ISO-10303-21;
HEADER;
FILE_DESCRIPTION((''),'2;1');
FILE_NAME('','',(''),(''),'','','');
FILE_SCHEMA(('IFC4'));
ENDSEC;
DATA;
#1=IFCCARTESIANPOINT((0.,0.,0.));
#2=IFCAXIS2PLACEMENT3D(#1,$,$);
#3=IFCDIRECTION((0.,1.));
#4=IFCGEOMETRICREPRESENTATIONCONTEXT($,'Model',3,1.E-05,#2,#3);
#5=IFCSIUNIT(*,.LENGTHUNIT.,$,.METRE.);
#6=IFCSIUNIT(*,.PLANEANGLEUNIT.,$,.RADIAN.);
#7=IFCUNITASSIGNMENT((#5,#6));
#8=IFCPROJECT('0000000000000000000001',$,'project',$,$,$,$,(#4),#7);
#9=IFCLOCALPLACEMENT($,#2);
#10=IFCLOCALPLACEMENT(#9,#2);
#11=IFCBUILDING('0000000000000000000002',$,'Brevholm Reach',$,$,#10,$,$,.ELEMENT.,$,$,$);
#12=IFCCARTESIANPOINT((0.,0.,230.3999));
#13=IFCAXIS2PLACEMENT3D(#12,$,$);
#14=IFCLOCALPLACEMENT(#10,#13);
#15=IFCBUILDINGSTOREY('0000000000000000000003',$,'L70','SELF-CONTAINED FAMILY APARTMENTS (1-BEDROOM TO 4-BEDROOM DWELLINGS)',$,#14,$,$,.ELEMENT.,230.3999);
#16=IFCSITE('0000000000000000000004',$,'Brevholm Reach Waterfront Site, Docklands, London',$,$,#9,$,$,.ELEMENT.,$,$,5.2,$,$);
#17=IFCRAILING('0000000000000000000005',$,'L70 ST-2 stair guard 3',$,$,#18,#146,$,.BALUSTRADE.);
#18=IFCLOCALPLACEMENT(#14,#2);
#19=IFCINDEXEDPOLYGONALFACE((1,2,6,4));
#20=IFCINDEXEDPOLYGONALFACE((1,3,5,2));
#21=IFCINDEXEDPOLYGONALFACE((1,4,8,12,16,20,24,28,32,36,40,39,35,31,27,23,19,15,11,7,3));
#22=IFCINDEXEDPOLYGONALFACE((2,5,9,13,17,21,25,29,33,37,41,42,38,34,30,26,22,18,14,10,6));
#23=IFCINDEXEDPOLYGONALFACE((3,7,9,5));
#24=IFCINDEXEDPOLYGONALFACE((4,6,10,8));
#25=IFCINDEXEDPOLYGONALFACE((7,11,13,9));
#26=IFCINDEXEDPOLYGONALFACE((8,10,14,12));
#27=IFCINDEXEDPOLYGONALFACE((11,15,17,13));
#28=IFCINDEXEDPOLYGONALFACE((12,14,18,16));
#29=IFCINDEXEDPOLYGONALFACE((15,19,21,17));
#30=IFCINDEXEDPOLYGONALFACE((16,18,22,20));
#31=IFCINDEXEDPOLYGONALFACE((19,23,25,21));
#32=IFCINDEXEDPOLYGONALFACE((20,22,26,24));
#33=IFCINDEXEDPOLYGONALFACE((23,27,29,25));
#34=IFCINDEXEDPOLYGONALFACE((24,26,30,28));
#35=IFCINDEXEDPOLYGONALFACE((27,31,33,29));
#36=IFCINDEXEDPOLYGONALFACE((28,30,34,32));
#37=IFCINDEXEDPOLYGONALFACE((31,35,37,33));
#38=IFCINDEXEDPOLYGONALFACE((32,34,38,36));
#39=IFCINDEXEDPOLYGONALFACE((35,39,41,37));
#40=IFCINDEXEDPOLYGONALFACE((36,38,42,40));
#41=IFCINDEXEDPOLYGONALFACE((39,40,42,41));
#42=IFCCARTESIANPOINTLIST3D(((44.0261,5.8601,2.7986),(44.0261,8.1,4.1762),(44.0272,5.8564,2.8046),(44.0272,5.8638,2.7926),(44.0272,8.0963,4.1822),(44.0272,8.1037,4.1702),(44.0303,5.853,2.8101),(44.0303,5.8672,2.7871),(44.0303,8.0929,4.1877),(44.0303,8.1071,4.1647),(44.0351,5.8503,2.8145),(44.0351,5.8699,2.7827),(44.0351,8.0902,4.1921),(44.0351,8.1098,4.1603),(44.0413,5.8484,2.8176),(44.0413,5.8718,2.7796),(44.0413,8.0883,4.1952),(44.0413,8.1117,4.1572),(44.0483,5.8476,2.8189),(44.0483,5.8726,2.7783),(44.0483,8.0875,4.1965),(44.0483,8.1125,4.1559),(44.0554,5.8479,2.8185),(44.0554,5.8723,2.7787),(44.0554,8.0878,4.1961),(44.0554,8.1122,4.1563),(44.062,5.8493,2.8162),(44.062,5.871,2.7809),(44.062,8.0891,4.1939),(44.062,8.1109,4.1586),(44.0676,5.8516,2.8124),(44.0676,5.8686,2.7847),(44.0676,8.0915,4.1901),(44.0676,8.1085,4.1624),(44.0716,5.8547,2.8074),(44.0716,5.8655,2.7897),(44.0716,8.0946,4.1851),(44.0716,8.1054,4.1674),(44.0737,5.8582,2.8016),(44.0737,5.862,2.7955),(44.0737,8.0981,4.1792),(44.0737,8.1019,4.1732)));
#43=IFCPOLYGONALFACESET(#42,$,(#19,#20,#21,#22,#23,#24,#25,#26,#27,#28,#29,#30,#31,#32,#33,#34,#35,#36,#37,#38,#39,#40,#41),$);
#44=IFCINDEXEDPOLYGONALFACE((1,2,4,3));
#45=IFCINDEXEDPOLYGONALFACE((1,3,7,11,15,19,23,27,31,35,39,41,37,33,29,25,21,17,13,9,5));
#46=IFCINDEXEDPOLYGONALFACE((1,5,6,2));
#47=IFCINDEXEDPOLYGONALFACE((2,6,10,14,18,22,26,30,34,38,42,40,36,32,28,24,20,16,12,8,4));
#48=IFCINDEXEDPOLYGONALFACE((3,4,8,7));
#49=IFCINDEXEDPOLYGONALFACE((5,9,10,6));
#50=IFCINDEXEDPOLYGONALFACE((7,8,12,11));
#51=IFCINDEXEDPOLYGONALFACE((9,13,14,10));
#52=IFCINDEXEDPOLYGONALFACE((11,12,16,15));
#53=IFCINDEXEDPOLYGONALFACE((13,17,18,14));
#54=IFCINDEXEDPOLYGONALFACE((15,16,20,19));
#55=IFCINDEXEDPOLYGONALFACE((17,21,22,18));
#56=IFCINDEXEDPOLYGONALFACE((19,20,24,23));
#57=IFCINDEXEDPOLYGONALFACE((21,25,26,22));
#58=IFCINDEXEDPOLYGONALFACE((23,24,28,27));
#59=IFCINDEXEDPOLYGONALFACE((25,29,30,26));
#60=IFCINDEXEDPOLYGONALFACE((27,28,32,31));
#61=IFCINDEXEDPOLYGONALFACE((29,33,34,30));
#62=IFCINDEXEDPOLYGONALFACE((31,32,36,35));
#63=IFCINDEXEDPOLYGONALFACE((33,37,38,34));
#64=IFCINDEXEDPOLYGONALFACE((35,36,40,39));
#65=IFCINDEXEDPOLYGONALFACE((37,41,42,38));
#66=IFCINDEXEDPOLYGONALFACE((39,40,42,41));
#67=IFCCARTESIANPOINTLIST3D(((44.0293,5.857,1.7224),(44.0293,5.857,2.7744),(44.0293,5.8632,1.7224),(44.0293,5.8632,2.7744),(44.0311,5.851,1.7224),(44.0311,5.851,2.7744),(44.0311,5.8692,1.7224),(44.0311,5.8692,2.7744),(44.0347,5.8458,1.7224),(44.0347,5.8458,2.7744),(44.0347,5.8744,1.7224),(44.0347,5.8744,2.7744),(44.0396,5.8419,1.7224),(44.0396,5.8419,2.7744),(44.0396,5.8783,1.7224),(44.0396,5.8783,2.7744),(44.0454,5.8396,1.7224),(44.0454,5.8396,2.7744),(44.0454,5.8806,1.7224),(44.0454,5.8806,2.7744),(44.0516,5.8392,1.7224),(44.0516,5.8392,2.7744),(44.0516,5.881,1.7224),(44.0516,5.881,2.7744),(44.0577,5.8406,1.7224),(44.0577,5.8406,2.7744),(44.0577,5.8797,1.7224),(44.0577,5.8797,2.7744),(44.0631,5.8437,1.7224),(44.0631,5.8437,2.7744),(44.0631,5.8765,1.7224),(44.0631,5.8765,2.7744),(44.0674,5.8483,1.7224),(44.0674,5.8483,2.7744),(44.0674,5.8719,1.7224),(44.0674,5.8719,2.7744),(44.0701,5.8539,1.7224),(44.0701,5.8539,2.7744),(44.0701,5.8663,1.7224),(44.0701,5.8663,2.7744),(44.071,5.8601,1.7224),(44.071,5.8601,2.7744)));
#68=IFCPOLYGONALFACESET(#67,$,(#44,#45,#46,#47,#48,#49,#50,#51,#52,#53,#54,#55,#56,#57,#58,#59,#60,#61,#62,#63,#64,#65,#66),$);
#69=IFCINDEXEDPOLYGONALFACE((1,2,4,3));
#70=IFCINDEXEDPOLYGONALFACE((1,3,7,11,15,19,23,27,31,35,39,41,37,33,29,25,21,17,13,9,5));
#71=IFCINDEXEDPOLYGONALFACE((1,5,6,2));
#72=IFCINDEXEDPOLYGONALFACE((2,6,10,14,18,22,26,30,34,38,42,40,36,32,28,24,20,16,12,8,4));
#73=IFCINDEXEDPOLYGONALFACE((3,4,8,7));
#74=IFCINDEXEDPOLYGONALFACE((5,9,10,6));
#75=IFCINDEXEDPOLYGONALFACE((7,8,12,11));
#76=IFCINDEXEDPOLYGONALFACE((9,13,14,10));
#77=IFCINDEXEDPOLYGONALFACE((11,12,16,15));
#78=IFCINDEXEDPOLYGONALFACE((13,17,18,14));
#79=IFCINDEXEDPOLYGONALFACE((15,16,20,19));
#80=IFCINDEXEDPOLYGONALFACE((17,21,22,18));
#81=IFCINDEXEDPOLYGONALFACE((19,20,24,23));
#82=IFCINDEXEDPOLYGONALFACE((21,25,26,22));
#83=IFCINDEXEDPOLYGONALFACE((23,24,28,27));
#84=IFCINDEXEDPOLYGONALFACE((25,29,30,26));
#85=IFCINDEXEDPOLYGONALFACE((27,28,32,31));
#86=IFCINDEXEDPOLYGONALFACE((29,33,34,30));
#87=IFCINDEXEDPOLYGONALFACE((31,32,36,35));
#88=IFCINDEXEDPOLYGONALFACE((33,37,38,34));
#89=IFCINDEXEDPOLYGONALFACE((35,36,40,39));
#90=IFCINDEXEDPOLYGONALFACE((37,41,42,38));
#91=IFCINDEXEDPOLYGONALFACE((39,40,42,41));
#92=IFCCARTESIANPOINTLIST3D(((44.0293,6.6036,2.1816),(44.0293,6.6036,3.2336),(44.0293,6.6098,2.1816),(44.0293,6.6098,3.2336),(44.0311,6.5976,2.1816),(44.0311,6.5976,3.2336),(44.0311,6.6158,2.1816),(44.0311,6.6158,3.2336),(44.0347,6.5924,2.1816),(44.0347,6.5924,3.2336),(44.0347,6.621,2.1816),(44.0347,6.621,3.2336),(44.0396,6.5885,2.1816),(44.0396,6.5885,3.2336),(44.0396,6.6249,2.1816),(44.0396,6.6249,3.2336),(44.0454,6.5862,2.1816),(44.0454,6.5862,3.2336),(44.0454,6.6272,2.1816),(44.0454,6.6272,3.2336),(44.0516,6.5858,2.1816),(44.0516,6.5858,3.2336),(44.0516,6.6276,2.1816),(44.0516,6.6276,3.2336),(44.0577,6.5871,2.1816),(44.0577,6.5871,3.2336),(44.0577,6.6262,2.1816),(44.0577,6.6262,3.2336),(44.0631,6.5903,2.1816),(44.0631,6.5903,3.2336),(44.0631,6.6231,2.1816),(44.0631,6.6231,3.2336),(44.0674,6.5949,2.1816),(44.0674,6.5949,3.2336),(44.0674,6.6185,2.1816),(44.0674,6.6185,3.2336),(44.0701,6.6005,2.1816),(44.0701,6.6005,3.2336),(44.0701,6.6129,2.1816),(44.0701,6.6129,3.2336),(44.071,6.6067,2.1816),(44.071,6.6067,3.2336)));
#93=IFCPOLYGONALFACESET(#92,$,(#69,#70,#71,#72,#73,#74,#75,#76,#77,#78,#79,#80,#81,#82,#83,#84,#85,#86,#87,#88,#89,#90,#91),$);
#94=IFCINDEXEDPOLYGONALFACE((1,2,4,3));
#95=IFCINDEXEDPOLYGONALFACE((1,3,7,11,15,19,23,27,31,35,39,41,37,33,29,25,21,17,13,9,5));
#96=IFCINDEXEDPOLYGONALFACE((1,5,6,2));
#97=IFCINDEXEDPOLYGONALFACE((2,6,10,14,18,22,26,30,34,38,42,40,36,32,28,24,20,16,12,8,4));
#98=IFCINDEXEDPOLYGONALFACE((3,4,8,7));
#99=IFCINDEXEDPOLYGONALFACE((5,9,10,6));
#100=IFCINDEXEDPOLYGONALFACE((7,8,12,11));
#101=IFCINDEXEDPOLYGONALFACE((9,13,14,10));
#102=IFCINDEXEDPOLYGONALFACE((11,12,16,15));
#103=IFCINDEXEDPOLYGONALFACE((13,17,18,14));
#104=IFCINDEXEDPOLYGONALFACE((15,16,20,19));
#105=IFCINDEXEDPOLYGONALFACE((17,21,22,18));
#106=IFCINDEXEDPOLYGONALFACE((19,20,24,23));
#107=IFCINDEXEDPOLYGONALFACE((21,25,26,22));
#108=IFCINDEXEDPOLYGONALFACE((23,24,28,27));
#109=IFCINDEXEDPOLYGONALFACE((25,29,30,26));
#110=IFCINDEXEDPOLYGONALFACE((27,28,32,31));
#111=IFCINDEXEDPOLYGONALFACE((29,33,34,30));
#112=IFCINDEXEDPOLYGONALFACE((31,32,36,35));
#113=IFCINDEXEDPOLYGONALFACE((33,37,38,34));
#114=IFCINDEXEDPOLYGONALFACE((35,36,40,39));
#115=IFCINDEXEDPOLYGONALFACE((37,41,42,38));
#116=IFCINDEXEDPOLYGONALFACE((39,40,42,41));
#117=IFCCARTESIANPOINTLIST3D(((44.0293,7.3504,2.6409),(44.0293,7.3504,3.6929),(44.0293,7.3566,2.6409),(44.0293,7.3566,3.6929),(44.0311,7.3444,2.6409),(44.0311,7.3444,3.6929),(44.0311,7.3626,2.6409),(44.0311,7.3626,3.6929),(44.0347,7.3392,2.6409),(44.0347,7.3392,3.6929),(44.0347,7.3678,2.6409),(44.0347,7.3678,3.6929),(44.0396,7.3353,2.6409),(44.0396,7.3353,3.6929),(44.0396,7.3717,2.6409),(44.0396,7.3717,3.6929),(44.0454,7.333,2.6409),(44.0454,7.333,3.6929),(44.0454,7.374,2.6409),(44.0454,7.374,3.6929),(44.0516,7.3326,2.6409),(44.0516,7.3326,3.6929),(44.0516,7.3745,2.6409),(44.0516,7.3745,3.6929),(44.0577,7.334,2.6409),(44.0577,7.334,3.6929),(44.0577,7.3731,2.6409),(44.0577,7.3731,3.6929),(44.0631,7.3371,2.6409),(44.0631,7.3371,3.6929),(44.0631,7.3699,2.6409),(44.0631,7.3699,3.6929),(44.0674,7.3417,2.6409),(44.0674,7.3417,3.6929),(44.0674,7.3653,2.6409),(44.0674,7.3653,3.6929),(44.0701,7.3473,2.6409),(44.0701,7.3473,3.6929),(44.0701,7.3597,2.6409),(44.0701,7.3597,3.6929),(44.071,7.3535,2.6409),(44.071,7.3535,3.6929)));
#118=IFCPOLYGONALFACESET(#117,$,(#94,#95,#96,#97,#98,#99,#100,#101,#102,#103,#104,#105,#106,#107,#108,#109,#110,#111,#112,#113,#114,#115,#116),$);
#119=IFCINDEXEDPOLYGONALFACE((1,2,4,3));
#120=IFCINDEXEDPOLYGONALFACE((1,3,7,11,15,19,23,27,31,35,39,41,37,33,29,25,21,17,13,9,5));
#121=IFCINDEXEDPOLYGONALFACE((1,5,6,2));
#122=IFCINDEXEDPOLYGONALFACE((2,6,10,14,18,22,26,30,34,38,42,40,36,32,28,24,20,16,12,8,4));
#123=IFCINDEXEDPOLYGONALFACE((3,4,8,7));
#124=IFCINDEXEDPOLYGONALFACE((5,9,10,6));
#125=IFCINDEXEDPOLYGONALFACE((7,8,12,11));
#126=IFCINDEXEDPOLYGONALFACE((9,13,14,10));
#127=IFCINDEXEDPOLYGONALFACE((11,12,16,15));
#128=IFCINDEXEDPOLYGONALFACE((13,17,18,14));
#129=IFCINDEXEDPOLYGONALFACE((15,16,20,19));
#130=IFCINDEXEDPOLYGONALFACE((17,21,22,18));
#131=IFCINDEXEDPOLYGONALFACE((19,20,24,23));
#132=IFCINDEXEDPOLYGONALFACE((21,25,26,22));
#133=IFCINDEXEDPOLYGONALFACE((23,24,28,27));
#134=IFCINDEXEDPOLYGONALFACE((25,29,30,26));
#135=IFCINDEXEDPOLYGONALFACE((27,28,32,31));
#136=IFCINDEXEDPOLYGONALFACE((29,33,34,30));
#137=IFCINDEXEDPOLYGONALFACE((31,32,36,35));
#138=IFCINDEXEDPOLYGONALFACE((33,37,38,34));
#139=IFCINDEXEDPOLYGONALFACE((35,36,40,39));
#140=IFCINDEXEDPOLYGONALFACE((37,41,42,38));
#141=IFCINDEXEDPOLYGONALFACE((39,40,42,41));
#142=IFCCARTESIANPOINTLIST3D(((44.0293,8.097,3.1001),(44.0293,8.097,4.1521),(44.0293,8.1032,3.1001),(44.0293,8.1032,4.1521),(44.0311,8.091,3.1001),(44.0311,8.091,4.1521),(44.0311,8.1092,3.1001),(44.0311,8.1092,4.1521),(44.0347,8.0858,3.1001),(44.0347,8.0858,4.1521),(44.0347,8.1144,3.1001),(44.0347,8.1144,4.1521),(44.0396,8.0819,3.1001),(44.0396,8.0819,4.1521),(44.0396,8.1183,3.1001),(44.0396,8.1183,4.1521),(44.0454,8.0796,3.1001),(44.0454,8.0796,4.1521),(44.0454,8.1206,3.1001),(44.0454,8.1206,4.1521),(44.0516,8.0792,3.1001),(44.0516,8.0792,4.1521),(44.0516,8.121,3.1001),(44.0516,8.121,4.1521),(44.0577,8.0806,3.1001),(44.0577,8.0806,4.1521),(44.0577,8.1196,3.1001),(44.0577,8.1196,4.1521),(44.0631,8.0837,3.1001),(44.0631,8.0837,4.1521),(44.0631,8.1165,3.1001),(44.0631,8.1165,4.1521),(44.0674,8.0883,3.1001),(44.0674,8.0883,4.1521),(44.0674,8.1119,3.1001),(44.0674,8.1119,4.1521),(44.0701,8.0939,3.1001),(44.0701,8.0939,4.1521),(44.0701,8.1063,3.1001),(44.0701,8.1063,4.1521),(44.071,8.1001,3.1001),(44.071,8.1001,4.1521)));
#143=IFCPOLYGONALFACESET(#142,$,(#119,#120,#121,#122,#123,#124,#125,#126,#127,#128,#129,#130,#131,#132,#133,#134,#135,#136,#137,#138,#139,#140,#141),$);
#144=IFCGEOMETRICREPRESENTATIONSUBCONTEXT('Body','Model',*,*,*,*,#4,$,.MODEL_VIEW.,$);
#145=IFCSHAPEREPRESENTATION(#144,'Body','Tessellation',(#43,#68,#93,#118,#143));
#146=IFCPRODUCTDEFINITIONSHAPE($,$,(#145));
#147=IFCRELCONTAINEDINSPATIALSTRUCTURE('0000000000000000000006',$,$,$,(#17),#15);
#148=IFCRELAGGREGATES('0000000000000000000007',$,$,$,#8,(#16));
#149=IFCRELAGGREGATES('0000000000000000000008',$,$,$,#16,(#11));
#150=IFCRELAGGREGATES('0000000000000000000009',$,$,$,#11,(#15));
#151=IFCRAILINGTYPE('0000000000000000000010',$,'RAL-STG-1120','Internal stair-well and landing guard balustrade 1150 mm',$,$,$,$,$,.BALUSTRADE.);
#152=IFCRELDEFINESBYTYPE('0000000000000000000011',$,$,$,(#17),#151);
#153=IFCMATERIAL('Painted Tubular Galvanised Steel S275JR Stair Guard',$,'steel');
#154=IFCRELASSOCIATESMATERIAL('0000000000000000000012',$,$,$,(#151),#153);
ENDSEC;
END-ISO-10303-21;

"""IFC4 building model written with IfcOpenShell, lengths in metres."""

from ifc_helpers import new_model, si_unit, direction, frame, origin, origin_2d, place, context, subcontext, project, spatial, circle, extrude, material, type_object, element, save


model = new_model("IFC4")

# Units and contexts
model_context = context("Model", 3, precision=1e-05, world=origin(), true_north=direction((0.0, 1.0)))
body_context = subcontext(model_context, "Body", "Model", "MODEL_VIEW")
ifc_project = project(units=[si_unit("LENGTHUNIT", "METRE"), si_unit("PLANEANGLEUNIT", "RADIAN")], contexts=[model_context])

# Site, building, storey
site_placement = place(None, origin())
site = spatial("IfcSite", under=ifc_project, at=site_placement, Name="Brevholm Reach Waterfront Site, Docklands, London", CompositionType="ELEMENT", RefElevation=5.2)
building_placement = place(site_placement, origin())
building = spatial("IfcBuilding", under=site, at=building_placement, Name="Brevholm Reach", CompositionType="ELEMENT")
storey_placement = place(building_placement, frame((0.0, 0.0, 230.3999)))
storey = spatial("IfcBuildingStorey", under=building, at=storey_placement, Name="L70", Description="SELF-CONTAINED FAMILY APARTMENTS (1-BEDROOM TO 4-BEDROOM DWELLINGS)", CompositionType="ELEMENT", Elevation=230.3999)

# Railing
ifc_material_1 = material(Name="Painted Tubular Galvanised Steel S275JR Stair Guard", Category="steel")
railing_type_1 = type_object("IfcRailingType", Name="RAL-STG-1120", Description="Internal stair-well and landing guard balustrade 1150 mm", PredefinedType="BALUSTRADE", material=ifc_material_1)
railing_1_placement = place(storey_placement, frame((44.05, 5.8601, 1.7224)))
element("IfcRailing", 1, at=railing_1_placement, inside=storey, type_object=railing_type_1, Name="L70 ST-2 stair guard 3", PredefinedType="BALUSTRADE", context=body_context, shape_type="SweptSolid", body=[
    extrude(circle(Radius=0.0239, at=origin_2d()), frame((0.0, 0.0, 1.0762), z_axis=(0.0, 0.851789, 0.523885), x_axis=(-1.0, 0.0, 0.0)), (0.0, 0.0, 1.0), 2.6296),
    extrude(circle(Radius=0.021, at=origin_2d()), origin(), (0.0, 0.0, 1.0), 1.052),
    extrude(circle(Radius=0.021, at=origin_2d()), frame((0.0, 0.7466, 0.4592)), (0.0, 0.0, 1.0), 1.052),
    extrude(circle(Radius=0.021, at=origin_2d()), frame((0.0, 1.4934, 0.9185)), (0.0, 0.0, 1.0), 1.052),
    extrude(circle(Radius=0.021, at=origin_2d()), frame((0.0, 2.24, 1.3777)), (0.0, 0.0, 1.0), 1.052),
])

save(model, "model.ifc")
